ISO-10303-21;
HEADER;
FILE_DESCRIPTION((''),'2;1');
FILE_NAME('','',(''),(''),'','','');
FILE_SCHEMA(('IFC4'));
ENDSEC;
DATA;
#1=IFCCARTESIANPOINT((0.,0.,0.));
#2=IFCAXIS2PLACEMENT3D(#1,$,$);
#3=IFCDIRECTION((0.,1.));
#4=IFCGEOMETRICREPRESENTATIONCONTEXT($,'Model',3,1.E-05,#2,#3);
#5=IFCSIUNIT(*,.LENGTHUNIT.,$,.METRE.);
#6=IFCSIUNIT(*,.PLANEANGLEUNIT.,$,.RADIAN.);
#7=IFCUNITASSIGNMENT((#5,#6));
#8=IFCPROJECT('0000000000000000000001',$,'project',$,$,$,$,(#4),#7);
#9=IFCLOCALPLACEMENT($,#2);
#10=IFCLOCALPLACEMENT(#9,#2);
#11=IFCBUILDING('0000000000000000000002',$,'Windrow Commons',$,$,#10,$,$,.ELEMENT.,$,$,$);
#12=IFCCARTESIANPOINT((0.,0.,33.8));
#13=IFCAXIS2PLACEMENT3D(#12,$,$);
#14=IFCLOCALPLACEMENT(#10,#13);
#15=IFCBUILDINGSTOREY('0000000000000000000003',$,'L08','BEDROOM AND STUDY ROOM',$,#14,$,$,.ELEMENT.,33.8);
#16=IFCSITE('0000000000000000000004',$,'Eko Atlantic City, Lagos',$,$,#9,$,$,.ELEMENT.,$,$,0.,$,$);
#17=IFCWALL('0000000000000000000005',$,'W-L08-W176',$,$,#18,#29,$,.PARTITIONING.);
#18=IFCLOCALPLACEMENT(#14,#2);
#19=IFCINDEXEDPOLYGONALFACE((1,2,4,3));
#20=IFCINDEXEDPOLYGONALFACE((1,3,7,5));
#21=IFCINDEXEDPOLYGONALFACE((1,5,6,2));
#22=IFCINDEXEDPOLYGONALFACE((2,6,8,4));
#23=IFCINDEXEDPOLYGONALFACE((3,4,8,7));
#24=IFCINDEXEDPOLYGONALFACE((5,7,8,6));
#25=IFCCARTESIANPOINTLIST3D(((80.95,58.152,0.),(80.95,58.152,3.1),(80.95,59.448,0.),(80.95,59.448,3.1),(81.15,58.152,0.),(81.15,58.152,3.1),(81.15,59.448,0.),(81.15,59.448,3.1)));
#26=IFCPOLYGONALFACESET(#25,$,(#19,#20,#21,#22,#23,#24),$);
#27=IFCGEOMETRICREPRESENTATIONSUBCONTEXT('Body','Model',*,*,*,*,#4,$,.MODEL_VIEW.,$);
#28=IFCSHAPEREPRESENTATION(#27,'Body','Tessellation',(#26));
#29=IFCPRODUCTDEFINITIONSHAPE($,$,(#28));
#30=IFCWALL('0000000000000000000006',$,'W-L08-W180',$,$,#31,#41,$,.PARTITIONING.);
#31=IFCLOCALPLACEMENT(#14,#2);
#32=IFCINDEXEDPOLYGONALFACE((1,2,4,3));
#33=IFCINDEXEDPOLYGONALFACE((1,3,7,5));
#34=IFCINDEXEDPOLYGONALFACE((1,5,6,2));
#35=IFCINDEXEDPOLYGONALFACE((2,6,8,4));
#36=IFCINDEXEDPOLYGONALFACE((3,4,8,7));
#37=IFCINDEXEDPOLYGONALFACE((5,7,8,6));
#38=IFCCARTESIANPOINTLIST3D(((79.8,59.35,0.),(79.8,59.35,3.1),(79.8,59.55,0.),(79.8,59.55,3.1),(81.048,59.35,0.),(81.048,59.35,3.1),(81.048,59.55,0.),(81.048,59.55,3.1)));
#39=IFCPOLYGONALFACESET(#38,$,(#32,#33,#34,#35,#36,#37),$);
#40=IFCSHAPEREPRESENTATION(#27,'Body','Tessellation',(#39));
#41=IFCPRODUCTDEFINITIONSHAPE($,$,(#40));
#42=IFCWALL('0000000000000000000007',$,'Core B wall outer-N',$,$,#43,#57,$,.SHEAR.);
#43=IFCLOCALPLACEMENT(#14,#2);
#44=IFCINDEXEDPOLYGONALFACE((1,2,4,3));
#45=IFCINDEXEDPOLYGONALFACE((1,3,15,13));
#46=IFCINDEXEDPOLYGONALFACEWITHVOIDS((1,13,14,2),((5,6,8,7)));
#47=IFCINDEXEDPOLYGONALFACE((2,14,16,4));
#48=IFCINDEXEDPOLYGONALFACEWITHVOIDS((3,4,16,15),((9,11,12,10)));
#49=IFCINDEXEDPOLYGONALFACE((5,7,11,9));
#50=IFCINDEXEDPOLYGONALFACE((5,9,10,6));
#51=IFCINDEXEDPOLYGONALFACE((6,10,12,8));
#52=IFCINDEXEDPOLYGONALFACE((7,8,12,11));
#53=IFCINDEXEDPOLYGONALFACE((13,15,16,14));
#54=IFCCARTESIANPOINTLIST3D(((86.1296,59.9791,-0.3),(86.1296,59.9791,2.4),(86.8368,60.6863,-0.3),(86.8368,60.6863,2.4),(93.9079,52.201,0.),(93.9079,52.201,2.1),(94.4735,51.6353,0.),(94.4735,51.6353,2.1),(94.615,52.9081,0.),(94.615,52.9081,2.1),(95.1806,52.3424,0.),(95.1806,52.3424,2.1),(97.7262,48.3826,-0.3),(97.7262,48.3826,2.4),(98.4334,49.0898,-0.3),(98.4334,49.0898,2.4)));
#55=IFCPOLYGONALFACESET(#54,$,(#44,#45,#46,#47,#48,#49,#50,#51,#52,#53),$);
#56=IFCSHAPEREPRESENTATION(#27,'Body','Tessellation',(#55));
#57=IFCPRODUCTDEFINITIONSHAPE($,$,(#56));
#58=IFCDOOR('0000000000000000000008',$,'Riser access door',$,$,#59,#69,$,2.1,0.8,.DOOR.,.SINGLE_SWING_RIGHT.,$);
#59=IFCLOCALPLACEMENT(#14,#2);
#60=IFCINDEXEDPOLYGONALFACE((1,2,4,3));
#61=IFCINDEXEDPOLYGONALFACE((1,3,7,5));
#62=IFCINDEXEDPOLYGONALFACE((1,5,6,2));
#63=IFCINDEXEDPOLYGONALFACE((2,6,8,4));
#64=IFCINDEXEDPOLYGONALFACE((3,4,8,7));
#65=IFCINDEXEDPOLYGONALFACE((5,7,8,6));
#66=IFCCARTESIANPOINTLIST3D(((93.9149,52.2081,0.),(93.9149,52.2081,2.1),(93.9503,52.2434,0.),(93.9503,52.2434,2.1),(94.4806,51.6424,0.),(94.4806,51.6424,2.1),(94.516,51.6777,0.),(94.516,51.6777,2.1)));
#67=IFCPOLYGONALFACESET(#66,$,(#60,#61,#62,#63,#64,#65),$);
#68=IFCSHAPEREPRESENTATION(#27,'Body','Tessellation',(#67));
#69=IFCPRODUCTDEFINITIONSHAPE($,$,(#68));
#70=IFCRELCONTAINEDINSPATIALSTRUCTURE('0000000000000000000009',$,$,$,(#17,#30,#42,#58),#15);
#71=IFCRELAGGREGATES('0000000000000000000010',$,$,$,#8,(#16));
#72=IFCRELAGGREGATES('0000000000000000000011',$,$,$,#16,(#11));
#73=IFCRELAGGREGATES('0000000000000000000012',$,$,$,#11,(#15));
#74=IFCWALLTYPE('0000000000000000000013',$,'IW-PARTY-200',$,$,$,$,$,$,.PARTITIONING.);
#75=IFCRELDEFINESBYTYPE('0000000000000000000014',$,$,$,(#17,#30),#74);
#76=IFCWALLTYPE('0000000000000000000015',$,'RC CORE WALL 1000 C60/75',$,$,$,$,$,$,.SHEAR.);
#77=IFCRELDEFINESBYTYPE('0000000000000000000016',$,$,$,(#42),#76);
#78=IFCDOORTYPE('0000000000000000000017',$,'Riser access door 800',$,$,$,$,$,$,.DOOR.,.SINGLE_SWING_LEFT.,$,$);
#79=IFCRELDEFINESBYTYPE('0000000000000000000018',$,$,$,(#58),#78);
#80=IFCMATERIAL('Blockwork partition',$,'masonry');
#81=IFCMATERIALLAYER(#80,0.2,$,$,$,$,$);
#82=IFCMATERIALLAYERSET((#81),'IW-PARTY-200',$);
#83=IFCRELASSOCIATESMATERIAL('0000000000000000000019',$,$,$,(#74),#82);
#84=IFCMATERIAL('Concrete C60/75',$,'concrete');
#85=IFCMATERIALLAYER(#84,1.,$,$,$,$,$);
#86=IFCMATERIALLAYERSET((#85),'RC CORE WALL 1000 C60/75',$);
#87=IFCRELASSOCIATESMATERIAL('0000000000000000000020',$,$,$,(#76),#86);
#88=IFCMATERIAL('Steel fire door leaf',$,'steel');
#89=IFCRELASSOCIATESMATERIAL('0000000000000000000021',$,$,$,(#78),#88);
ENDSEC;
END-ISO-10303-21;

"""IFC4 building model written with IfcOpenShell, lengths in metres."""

from ifc_helpers import new_model, si_unit, direction, frame, frame_2d, origin, place, context, subcontext, project, spatial, rectangle, extrude, material, layer, layer_set, type_object, element, fill, save


model = new_model("IFC4")

# Units and contexts
model_context = context("Model", 3, precision=1e-05, world=origin(), true_north=direction((0.0, 1.0)))
body_context = subcontext(model_context, "Body", "Model", "MODEL_VIEW")
ifc_project = project(units=[si_unit("LENGTHUNIT", "METRE"), si_unit("PLANEANGLEUNIT", "RADIAN")], contexts=[model_context])

# Site, building, storey
site_placement = place(None, origin())
site = spatial("IfcSite", under=ifc_project, at=site_placement, Name="Eko Atlantic City, Lagos", CompositionType="ELEMENT", RefElevation=0.0)
building_placement = place(site_placement, origin())
building = spatial("IfcBuilding", under=site, at=building_placement, Name="Windrow Commons", CompositionType="ELEMENT")
storey_placement = place(building_placement, frame((0.0, 0.0, 33.8)))
storey = spatial("IfcBuildingStorey", under=building, at=storey_placement, Name="L08", Description="BEDROOM AND STUDY ROOM", CompositionType="ELEMENT", Elevation=33.8)

# Walls
ifc_material_1 = material(Name="Blockwork partition", Category="masonry")
ifc_layer_1 = layer(ifc_material_1, 0.2)
ifc_layer_set_1 = layer_set([ifc_layer_1], Name="IW-PARTY-200")
wall_type_1 = type_object("IfcWallType", Name="IW-PARTY-200", PredefinedType="PARTITIONING", material=ifc_layer_set_1)
wall_1_placement = place(storey_placement, frame((81.05, 58.152, 0.0), z_axis=(0.0, 0.0, 1.0), x_axis=(0.0, 1.0, 0.0)))
element("IfcWall", 1, at=wall_1_placement, inside=storey, type_object=wall_type_1, Name="W-L08-W176", PredefinedType="PARTITIONING", context=body_context, shape_type="SweptSolid", body=[
    extrude(rectangle(XDim=1.296, YDim=0.2, at=frame_2d((0.648, 0.0))), origin(), (0.0, 0.0, 1.0), 3.1),
])
wall_2_placement = place(storey_placement, frame((79.8, 59.45, 0.0), z_axis=(0.0, 0.0, 1.0), x_axis=(1.0, 0.0, 0.0)))
element("IfcWall", 2, at=wall_2_placement, inside=storey, type_object=wall_type_1, Name="W-L08-W180", PredefinedType="PARTITIONING", context=body_context, shape_type="SweptSolid", body=[
    extrude(rectangle(XDim=1.248, YDim=0.2, at=frame_2d((0.624, 0.0))), origin(), (0.0, 0.0, 1.0), 3.1),
])

# Wall, opening, door
ifc_material_2 = material(Name="Concrete C60/75", Category="concrete")
ifc_layer_2 = layer(ifc_material_2, 1.0)
ifc_layer_set_2 = layer_set([ifc_layer_2], Name="RC CORE WALL 1000 C60/75")
wall_type_2 = type_object("IfcWallType", Name="RC CORE WALL 1000 C60/75", PredefinedType="SHEAR", material=ifc_layer_set_2)
wall_3_placement = place(storey_placement, frame((86.4832, 60.3327, -0.3), z_axis=(0.0, 0.0, 1.0), x_axis=(0.70711, -0.707104, 0.0)))
wall_3 = element("IfcWall", 3, at=wall_3_placement, inside=storey, type_object=wall_type_2, Name="Core B wall outer-N", PredefinedType="SHEAR", context=body_context, shape_type="SweptSolid", body=[
    extrude(rectangle(XDim=16.4, YDim=1.0, at=frame_2d((8.2, 0.0))), origin(), (0.0, 0.0, 1.0), 2.7),
])
opening_1_placement = place(wall_3_placement, frame((11.0, 0.0, 0.3)))
opening_1 = element("IfcOpeningElement", 4, at=opening_1_placement, cuts=wall_3, PredefinedType="OPENING", context=body_context, shape_type="SweptSolid", body=[
    extrude(rectangle(XDim=0.8, YDim=2.1, at=frame_2d((0.4, 1.05))), frame((0.0, 0.51, 0.0), z_axis=(0.0, -1.0, 0.0), x_axis=(1.0, 0.0, 0.0)), (0.0, 0.0, 1.0), 1.02),
])
ifc_material_3 = material(Name="Steel fire door leaf", Category="steel")
door_type_1 = type_object("IfcDoorType", Name="Riser access door 800", OperationType="SINGLE_SWING_LEFT", PredefinedType="DOOR", material=ifc_material_3)
door_1_placement = place(opening_1_placement, origin())
door_1 = element("IfcDoor", 5, at=door_1_placement, inside=storey, type_object=door_type_1, Name="Riser access door", OperationType="SINGLE_SWING_RIGHT", OverallHeight=2.1, OverallWidth=0.8, PredefinedType="DOOR", context=body_context, shape_type="SweptSolid", body=[
    extrude(rectangle(XDim=0.8, YDim=2.1, at=frame_2d((0.4, 1.05))), frame((0.0, -0.44, 0.0), z_axis=(0.0, -1.0, 0.0), x_axis=(1.0, 0.0, 0.0)), (0.0, 0.0, 1.0), 0.05),
])
fill(opening_1, door_1)

save(model, "model.ifc")
